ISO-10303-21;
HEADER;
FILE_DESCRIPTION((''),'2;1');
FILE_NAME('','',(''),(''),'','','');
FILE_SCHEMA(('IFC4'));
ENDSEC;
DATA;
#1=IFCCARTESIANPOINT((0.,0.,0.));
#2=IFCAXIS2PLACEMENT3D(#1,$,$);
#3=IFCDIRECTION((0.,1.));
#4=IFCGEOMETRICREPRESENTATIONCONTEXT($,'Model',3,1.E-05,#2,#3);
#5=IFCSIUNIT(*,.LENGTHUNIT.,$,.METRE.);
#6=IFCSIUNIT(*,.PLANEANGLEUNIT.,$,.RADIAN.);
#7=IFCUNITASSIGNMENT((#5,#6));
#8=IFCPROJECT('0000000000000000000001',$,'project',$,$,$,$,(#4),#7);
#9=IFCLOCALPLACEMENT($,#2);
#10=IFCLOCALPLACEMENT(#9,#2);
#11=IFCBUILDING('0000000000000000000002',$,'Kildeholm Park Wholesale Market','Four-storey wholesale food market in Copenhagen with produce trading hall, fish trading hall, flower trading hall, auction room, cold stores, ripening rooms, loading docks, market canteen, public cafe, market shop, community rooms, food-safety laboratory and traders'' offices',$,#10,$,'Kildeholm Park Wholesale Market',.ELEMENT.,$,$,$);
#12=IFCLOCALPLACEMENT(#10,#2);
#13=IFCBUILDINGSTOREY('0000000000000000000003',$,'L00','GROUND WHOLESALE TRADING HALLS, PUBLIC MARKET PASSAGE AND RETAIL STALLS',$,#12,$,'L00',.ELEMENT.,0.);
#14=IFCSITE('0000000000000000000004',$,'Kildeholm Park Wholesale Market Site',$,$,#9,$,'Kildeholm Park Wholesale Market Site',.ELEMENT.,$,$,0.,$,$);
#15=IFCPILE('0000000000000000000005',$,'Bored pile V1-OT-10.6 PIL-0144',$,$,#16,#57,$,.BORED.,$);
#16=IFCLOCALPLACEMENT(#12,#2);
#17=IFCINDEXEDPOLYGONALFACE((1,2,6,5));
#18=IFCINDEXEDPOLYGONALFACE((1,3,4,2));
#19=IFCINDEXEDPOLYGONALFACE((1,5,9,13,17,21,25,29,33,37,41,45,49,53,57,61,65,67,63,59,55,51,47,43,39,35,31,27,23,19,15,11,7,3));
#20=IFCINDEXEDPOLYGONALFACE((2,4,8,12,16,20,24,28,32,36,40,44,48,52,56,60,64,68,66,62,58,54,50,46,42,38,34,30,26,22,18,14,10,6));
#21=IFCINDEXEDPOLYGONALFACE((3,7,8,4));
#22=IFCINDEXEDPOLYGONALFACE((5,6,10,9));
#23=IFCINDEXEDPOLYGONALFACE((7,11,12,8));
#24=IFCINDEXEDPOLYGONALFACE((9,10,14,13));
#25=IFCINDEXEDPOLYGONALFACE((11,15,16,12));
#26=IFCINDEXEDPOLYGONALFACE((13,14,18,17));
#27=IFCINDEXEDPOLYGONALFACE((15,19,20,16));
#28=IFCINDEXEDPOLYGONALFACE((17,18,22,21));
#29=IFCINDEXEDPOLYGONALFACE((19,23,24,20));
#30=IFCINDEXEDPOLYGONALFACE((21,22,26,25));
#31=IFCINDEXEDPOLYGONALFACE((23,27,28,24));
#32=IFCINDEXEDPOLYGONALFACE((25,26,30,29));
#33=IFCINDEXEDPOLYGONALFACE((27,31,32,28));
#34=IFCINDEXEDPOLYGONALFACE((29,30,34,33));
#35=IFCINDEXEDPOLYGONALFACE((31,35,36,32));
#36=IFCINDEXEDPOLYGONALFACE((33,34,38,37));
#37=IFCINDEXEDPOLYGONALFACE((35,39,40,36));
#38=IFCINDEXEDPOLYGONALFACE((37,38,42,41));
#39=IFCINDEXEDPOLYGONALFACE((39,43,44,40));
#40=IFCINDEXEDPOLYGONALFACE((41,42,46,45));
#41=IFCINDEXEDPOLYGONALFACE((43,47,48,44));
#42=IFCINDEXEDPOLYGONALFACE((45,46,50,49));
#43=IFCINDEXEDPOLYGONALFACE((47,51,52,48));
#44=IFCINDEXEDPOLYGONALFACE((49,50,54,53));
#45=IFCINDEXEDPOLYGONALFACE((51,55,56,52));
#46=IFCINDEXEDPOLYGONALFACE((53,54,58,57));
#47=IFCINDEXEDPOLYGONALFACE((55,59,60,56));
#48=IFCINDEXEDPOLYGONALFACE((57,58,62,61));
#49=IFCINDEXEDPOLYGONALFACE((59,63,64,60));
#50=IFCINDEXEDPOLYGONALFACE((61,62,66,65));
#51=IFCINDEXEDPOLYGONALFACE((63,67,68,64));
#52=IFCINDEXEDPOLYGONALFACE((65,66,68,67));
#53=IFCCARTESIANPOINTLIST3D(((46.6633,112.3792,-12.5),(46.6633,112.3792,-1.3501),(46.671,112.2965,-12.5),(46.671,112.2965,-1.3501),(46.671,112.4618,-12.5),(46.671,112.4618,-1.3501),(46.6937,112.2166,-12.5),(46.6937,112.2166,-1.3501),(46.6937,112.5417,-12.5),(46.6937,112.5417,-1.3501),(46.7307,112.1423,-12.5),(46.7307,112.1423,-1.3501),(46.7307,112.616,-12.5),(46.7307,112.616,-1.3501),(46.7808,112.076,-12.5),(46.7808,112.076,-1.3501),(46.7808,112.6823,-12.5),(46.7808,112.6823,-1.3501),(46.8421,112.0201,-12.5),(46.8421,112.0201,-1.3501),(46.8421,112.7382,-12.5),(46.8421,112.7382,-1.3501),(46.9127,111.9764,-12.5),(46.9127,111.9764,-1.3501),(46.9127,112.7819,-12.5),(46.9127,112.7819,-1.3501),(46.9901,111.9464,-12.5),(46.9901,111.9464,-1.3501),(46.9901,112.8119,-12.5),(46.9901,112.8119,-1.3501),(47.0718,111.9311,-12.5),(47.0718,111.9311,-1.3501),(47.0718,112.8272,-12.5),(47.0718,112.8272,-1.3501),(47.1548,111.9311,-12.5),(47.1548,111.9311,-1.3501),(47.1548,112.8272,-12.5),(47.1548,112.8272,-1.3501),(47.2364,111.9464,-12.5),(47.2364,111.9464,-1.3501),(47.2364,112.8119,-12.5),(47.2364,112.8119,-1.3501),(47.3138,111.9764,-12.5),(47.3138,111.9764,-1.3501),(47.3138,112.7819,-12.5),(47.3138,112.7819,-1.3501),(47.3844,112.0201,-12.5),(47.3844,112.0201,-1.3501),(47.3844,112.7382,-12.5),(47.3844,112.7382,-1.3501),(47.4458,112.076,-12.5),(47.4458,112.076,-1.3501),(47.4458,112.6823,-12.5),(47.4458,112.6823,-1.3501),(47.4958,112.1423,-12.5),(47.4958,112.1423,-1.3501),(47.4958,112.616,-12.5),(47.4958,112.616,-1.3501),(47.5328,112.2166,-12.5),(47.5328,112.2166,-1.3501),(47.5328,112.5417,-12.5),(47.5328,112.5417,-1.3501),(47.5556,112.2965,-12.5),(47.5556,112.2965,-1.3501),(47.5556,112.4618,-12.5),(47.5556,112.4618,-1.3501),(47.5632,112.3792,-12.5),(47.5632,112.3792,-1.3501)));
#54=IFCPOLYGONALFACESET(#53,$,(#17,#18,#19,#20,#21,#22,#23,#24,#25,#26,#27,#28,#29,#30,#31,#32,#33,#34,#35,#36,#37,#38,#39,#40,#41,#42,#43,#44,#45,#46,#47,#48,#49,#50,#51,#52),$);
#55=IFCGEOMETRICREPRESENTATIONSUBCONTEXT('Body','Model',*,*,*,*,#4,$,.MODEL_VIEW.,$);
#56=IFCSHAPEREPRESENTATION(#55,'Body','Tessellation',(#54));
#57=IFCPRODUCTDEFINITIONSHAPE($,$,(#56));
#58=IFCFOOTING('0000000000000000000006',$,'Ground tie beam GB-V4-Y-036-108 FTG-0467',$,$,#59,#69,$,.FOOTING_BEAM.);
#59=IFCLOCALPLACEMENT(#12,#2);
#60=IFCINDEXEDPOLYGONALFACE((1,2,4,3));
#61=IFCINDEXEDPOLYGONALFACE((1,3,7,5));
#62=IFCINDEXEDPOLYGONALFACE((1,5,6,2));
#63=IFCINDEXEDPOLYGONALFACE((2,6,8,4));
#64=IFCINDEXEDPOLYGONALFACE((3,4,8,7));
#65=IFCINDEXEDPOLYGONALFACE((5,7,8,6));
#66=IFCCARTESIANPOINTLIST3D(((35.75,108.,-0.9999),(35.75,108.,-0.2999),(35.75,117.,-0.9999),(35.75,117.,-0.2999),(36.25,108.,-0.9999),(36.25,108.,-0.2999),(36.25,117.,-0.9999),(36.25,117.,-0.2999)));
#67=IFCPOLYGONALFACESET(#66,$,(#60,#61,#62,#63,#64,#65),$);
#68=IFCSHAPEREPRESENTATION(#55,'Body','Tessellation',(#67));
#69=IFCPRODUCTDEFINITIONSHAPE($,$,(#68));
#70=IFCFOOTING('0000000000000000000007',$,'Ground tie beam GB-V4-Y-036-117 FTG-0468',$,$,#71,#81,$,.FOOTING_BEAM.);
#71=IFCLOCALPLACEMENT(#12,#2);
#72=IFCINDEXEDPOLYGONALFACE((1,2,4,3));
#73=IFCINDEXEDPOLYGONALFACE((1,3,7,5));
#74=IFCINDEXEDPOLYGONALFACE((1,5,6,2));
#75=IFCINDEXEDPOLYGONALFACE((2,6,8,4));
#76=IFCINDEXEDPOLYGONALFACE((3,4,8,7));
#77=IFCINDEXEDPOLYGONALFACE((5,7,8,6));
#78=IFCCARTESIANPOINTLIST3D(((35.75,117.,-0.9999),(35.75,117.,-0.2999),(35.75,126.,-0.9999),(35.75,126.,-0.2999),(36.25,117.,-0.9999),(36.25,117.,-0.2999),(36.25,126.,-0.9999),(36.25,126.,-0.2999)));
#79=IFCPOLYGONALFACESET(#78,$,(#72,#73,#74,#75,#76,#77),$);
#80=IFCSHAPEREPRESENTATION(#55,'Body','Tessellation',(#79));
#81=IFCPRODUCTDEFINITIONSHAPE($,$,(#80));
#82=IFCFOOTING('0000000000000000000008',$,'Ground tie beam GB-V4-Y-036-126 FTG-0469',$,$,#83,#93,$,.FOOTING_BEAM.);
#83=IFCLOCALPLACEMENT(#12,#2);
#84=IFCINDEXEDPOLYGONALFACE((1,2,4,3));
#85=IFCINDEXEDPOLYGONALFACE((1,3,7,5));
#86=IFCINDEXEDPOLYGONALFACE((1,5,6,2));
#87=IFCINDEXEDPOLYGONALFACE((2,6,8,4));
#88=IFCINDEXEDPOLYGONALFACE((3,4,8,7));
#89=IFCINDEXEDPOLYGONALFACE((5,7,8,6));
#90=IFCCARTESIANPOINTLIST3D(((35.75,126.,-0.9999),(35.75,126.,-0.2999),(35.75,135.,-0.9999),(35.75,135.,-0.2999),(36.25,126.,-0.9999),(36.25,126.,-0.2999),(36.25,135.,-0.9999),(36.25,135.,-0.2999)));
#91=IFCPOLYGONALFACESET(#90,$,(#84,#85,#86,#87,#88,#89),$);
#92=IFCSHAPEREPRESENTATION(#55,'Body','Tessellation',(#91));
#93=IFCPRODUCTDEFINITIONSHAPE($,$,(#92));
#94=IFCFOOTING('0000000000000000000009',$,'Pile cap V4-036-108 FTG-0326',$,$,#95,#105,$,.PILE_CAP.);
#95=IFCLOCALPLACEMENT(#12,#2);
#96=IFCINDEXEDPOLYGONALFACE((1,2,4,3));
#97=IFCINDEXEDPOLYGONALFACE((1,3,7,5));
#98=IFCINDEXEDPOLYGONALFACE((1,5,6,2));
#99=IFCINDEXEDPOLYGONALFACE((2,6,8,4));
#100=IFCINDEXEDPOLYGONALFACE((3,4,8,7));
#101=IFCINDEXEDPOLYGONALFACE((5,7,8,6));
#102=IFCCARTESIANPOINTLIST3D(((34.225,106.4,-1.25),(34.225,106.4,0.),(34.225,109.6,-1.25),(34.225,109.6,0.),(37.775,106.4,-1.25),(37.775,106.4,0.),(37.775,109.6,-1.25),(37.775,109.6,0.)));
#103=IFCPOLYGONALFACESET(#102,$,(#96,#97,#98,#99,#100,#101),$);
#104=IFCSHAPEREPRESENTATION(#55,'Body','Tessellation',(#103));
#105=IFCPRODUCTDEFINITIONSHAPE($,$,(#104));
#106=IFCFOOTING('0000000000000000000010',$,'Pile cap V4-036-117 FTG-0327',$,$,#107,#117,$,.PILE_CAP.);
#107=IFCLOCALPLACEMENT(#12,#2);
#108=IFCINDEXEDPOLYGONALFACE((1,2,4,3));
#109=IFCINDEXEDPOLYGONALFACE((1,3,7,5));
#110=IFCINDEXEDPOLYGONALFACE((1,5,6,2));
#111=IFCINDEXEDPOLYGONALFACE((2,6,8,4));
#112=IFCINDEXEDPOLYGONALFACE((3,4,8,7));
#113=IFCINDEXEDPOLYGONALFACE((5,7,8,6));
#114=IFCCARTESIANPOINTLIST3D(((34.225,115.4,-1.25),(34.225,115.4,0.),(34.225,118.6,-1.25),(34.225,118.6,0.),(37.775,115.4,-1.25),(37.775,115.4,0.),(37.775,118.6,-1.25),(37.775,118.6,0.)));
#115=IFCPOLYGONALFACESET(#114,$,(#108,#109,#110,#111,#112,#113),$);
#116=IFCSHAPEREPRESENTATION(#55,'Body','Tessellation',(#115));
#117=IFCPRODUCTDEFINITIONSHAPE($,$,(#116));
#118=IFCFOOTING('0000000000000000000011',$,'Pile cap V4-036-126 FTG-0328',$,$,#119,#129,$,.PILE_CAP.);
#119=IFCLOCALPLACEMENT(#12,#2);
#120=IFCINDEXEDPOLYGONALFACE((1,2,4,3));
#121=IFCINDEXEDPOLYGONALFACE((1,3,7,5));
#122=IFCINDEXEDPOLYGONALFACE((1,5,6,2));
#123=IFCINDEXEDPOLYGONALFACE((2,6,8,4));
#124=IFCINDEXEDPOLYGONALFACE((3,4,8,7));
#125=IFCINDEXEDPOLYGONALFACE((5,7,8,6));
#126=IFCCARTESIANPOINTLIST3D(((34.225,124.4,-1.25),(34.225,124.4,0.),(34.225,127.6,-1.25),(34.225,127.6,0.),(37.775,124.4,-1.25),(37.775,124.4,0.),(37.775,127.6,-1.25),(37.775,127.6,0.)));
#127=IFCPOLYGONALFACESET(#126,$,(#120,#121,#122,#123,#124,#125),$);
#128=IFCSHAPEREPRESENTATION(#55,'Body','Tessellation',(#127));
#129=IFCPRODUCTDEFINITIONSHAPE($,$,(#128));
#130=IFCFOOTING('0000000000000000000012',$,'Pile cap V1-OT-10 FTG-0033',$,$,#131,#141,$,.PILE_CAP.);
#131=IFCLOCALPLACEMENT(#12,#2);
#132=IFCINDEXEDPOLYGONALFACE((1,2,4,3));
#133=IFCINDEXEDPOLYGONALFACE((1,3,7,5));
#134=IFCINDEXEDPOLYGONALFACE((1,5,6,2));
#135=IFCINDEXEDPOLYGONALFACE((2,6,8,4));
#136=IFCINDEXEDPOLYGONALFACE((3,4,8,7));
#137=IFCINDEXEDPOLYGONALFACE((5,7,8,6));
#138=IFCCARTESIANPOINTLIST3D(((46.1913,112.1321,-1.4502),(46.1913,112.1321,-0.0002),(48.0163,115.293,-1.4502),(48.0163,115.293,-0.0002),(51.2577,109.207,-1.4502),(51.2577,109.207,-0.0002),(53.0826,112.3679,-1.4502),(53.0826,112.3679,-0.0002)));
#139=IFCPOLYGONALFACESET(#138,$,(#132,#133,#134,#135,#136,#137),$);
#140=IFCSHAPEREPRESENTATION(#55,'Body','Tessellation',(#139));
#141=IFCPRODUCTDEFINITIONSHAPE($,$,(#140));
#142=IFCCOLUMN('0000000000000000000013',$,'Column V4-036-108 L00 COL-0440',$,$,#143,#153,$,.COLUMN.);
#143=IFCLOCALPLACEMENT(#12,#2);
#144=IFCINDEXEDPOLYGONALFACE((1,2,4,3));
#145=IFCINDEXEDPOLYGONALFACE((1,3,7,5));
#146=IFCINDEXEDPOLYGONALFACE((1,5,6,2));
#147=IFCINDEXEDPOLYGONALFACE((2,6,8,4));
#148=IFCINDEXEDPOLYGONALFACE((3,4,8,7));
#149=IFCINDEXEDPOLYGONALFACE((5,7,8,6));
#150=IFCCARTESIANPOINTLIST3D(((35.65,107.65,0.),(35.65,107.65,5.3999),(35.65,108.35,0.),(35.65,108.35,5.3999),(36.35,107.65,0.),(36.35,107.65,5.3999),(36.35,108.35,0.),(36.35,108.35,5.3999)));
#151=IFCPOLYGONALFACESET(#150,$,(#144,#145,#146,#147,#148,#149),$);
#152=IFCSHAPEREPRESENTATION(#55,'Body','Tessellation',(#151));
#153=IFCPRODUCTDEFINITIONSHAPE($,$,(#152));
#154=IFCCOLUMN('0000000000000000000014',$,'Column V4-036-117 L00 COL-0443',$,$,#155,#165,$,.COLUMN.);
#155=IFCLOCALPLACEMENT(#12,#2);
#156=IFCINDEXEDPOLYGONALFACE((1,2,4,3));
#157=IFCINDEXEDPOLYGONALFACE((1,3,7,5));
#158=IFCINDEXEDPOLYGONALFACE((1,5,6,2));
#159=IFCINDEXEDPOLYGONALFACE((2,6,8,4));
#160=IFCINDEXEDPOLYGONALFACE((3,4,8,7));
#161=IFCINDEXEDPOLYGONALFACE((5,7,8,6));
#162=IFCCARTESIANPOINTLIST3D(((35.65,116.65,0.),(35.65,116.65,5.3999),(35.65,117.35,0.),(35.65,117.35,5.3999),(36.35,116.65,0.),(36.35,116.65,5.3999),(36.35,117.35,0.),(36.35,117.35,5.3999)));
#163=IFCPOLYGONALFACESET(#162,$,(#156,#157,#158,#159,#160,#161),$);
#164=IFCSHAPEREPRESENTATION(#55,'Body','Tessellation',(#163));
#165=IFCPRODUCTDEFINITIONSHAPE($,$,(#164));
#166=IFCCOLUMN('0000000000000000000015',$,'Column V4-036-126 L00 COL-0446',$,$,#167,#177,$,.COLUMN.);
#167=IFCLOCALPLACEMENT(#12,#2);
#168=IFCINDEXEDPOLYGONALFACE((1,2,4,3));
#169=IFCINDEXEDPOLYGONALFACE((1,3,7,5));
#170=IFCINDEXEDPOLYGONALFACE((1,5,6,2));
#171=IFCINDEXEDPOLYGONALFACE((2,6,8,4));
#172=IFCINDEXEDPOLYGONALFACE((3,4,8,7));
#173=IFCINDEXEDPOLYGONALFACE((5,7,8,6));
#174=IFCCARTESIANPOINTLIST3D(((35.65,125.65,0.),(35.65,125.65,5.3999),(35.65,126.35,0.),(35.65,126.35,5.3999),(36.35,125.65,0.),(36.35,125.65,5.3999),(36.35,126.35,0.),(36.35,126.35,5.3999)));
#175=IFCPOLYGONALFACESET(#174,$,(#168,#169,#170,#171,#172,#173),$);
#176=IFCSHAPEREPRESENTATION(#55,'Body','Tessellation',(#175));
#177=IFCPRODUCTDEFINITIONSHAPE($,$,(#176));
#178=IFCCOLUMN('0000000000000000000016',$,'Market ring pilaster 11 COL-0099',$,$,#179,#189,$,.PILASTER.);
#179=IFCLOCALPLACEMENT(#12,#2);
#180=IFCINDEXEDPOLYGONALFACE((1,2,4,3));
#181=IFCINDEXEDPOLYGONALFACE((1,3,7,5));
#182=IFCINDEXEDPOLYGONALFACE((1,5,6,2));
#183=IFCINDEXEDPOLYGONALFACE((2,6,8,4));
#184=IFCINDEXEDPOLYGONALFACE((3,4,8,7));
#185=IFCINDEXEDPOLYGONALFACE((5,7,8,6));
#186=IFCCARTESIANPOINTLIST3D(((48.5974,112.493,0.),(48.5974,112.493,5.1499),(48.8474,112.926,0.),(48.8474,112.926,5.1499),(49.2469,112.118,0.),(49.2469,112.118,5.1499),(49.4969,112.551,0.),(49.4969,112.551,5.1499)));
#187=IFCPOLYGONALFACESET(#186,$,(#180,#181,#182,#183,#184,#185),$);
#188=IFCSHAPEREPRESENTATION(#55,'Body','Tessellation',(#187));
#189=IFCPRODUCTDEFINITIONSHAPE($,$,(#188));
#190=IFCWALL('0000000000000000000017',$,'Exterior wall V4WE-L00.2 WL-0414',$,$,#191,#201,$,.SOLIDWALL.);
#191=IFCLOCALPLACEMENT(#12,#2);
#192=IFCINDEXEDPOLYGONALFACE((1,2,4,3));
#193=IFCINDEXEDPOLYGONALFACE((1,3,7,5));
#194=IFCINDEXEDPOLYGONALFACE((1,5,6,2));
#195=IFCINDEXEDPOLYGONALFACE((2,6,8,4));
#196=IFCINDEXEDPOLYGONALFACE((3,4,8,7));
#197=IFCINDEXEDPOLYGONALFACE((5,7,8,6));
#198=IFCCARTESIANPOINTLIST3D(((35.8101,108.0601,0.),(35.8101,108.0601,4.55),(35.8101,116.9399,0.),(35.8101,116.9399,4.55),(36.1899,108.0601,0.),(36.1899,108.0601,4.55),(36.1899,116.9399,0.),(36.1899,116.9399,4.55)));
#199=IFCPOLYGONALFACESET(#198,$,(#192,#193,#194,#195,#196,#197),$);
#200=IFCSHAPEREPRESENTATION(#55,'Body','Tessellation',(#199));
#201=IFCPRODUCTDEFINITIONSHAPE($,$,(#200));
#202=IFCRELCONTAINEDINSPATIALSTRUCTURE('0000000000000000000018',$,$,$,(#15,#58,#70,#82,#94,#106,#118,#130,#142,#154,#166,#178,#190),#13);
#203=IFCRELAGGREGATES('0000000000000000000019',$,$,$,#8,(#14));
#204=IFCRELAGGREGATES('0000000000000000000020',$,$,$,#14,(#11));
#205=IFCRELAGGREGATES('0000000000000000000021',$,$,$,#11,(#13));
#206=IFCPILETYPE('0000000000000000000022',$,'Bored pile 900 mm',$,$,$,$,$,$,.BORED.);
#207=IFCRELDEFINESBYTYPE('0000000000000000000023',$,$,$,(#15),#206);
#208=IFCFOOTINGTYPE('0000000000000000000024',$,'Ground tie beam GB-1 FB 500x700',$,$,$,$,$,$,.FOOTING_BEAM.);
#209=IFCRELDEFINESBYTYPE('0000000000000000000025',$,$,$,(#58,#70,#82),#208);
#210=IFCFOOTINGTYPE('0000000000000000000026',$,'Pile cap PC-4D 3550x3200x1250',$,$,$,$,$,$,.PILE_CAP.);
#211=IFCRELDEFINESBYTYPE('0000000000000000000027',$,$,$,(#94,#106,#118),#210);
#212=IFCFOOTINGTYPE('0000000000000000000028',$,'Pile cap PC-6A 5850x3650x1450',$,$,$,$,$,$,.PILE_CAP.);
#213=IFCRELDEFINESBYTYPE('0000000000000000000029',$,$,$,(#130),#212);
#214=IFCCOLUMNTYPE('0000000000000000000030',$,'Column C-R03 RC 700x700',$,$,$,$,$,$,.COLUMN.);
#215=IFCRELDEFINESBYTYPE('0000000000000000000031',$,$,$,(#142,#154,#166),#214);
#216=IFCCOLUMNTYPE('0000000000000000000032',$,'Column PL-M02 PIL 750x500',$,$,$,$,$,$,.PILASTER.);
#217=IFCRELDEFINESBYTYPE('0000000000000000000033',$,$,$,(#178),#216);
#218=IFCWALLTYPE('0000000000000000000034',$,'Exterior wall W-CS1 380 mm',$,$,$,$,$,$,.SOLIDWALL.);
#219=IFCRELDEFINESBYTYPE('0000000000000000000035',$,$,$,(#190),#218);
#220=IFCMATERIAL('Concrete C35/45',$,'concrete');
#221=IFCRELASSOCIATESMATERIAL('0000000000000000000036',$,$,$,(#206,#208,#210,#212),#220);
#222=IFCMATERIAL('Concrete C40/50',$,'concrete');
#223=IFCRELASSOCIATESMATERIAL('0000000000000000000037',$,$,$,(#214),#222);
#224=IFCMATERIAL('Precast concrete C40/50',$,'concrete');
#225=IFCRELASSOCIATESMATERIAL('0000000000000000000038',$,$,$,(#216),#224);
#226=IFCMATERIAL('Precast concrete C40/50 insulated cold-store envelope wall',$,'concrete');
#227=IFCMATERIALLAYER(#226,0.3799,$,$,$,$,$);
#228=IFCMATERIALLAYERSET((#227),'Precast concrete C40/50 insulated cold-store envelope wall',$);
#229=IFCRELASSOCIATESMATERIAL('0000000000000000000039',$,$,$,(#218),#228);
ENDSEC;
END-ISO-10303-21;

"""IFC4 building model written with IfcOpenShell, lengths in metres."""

from ifc_helpers import new_model, si_unit, direction, frame, frame_2d, origin, origin_2d, place, context, subcontext, project, spatial, rectangle, circle, extrude, material, layer, layer_set, material_profile, profile_set, type_object, element, save


model = new_model("IFC4")

# Units and contexts
model_context = context("Model", 3, precision=1e-05, world=origin(), true_north=direction((0.0, 1.0)))
body_context = subcontext(model_context, "Body", "Model", "MODEL_VIEW")
ifc_project = project(units=[si_unit("LENGTHUNIT", "METRE"), si_unit("PLANEANGLEUNIT", "RADIAN")], contexts=[model_context])

# Site, building, storey
site_placement = place(None, origin())
site = spatial("IfcSite", under=ifc_project, at=site_placement, Name="Kildeholm Park Wholesale Market Site", LongName="Kildeholm Park Wholesale Market Site", CompositionType="ELEMENT", RefElevation=0.0)
building_placement = place(site_placement, origin())
building = spatial("IfcBuilding", under=site, at=building_placement, Name="Kildeholm Park Wholesale Market", Description="Four-storey wholesale food market in Copenhagen with produce trading hall, fish trading hall, flower trading hall, auction room, cold stores, ripening rooms, loading docks, market canteen, public cafe, market shop, community rooms, food-safety laboratory and traders' offices", LongName="Kildeholm Park Wholesale Market", CompositionType="ELEMENT")
storey_placement = place(building_placement, origin())
storey = spatial("IfcBuildingStorey", under=building, at=storey_placement, Name="L00", Description="GROUND WHOLESALE TRADING HALLS, PUBLIC MARKET PASSAGE AND RETAIL STALLS", LongName="L00", CompositionType="ELEMENT", Elevation=0.0)

# Pile
ifc_material_1 = material(Name="Concrete C35/45", Category="concrete")
ifc_material_profile_1 = material_profile(ifc_material_1, circle(Radius=0.45, at=origin_2d()), Name="PILE D900")
ifc_profile_set_1 = profile_set([ifc_material_profile_1], Name="Concrete C35/45")
pile_type_1 = type_object("IfcPileType", Name="Bored pile 900 mm", PredefinedType="BORED", material=ifc_profile_set_1)
for number, where, z_axis, x_axis, name in (
    (1, (47.1133, 112.3792, -1.3501), (0.0, 0.0, -1.0), (1.0, 0.0, 0.0), "Bored pile V1-OT-10.6 PIL-0144"),
):
    element("IfcPile", number, at=place(storey_placement, frame(where, z_axis=z_axis, x_axis=x_axis)), inside=storey, type_object=pile_type_1, Name=name, PredefinedType="BORED", context=body_context, shape_type="SweptSolid", body=[
        extrude(circle(Radius=0.45, at=origin_2d()), origin(), (0.0, 0.0, 1.0), 11.1499),
    ])

# Footings
ifc_material_profile_2 = material_profile(ifc_material_1, rectangle(XDim=0.5, YDim=0.7, at=origin_2d()), Name="FB 500x700")
ifc_profile_set_2 = profile_set([ifc_material_profile_2], Name="Concrete C35/45")
footing_type_1 = type_object("IfcFootingType", Name="Ground tie beam GB-1 FB 500x700", PredefinedType="FOOTING_BEAM", material=ifc_profile_set_2)
for number, where, z_axis, x_axis, name in (
    (2, (36.0, 108.0, -0.6499), (0.0, 1.0, 0.0), (-1.0, 0.0, 0.0), "Ground tie beam GB-V4-Y-036-108 FTG-0467"),
    (3, (36.0, 117.0, -0.6499), (0.0, 1.0, 0.0), (-1.0, 0.0, 0.0), "Ground tie beam GB-V4-Y-036-117 FTG-0468"),
    (4, (36.0, 126.0, -0.6499), (0.0, 1.0, 0.0), (-1.0, 0.0, 0.0), "Ground tie beam GB-V4-Y-036-126 FTG-0469"),
):
    element("IfcFooting", number, at=place(storey_placement, frame(where, z_axis=z_axis, x_axis=x_axis)), inside=storey, type_object=footing_type_1, Name=name, PredefinedType="FOOTING_BEAM", context=body_context, shape_type="SweptSolid", body=[
        extrude(rectangle(XDim=0.5, YDim=0.7, at=origin_2d()), origin(), (0.0, 0.0, 1.0), 9.0),
    ])
footing_type_2 = type_object("IfcFootingType", Name="Pile cap PC-4D 3550x3200x1250", PredefinedType="PILE_CAP", material=ifc_material_1)
for number, where, z_axis, x_axis, name in (
    (5, (36.0, 108.0, -1.25), (0.0, 0.0, 1.0), (1.0, 0.0, 0.0), "Pile cap V4-036-108 FTG-0326"),
    (6, (36.0, 117.0, -1.25), (0.0, 0.0, 1.0), (1.0, 0.0, 0.0), "Pile cap V4-036-117 FTG-0327"),
    (7, (36.0, 126.0, -1.25), (0.0, 0.0, 1.0), (1.0, 0.0, 0.0), "Pile cap V4-036-126 FTG-0328"),
):
    element("IfcFooting", number, at=place(storey_placement, frame(where, z_axis=z_axis, x_axis=x_axis)), inside=storey, type_object=footing_type_2, Name=name, PredefinedType="PILE_CAP", context=body_context, shape_type="SweptSolid", body=[
        extrude(rectangle(XDim=3.55, YDim=3.2, at=origin_2d()), origin(), (0.0, 0.0, 1.0), 1.25),
    ])
footing_type_3 = type_object("IfcFootingType", Name="Pile cap PC-6A 5850x3650x1450", PredefinedType="PILE_CAP", material=ifc_material_1)
footing_placement = place(storey_placement, frame((49.637, 112.25, -1.4502), z_axis=(0.0, 0.0, 1.0), x_axis=(-0.866025, 0.5, 0.0)))
element("IfcFooting", 8, at=footing_placement, inside=storey, type_object=footing_type_3, Name="Pile cap V1-OT-10 FTG-0033", PredefinedType="PILE_CAP", context=body_context, shape_type="SweptSolid", body=[
    extrude(rectangle(XDim=5.8501, YDim=3.6499, at=origin_2d()), origin(), (0.0, 0.0, 1.0), 1.45),
])

# Columns
ifc_material_2 = material(Name="Concrete C40/50", Category="concrete")
ifc_material_profile_3 = material_profile(ifc_material_2, rectangle(XDim=0.7, YDim=0.7, at=origin_2d()), Name="RC 700x700")
ifc_profile_set_3 = profile_set([ifc_material_profile_3], Name="Concrete C40/50")
column_type_1 = type_object("IfcColumnType", Name="Column C-R03 RC 700x700", PredefinedType="COLUMN", material=ifc_profile_set_3)
for number, where, z_axis, x_axis, name in (
    (9, (36.0, 108.0, 0.0), (0.0, 0.0, 1.0), (1.0, 0.0, 0.0), "Column V4-036-108 L00 COL-0440"),
    (10, (36.0, 117.0, 0.0), (0.0, 0.0, 1.0), (1.0, 0.0, 0.0), "Column V4-036-117 L00 COL-0443"),
    (11, (36.0, 126.0, 0.0), (0.0, 0.0, 1.0), (1.0, 0.0, 0.0), "Column V4-036-126 L00 COL-0446"),
):
    element("IfcColumn", number, at=place(storey_placement, frame(where, z_axis=z_axis, x_axis=x_axis)), inside=storey, type_object=column_type_1, Name=name, PredefinedType="COLUMN", context=body_context, shape_type="SweptSolid", body=[
        extrude(rectangle(XDim=0.7, YDim=0.7, at=origin_2d()), origin(), (0.0, 0.0, 1.0), 5.3999),
    ])
ifc_material_3 = material(Name="Precast concrete C40/50", Category="concrete")
ifc_material_profile_4 = material_profile(ifc_material_3, rectangle(XDim=0.75, YDim=0.5, at=origin_2d()), Name="PIL 750x500")
ifc_profile_set_4 = profile_set([ifc_material_profile_4], Name="Precast concrete C40/50")
column_type_2 = type_object("IfcColumnType", Name="Column PL-M02 PIL 750x500", PredefinedType="PILASTER", material=ifc_profile_set_4)
column_placement = place(storey_placement, frame((49.0471, 112.522, 0.0), z_axis=(0.0, 0.0, 1.0), x_axis=(-0.866025, 0.5, 0.0)))
element("IfcColumn", 12, at=column_placement, inside=storey, type_object=column_type_2, Name="Market ring pilaster 11 COL-0099", PredefinedType="PILASTER", context=body_context, shape_type="SweptSolid", body=[
    extrude(rectangle(XDim=0.75, YDim=0.5, at=origin_2d()), origin(), (0.0, 0.0, 1.0), 5.1499),
])

# Wall
ifc_material_4 = material(Name="Precast concrete C40/50 insulated cold-store envelope wall", Category="concrete")
ifc_layer_1 = layer(ifc_material_4, 0.3799)
ifc_layer_set_1 = layer_set([ifc_layer_1], Name="Precast concrete C40/50 insulated cold-store envelope wall")
wall_type_1 = type_object("IfcWallType", Name="Exterior wall W-CS1 380 mm", PredefinedType="SOLIDWALL", material=ifc_layer_set_1)
wall_1_placement = place(storey_placement, frame((36.0, 108.0601, 0.0), z_axis=(0.0, 0.0, 1.0), x_axis=(0.0, 1.0, 0.0)))
element("IfcWall", 13, at=wall_1_placement, inside=storey, type_object=wall_type_1, Name="Exterior wall V4WE-L00.2 WL-0414", PredefinedType="SOLIDWALL", context=body_context, shape_type="SweptSolid", body=[
    extrude(rectangle(XDim=8.8799, YDim=0.3799, at=frame_2d((4.4399, 0.0))), origin(), (0.0, 0.0, 1.0), 4.55),
])

save(model, "model.ifc")
